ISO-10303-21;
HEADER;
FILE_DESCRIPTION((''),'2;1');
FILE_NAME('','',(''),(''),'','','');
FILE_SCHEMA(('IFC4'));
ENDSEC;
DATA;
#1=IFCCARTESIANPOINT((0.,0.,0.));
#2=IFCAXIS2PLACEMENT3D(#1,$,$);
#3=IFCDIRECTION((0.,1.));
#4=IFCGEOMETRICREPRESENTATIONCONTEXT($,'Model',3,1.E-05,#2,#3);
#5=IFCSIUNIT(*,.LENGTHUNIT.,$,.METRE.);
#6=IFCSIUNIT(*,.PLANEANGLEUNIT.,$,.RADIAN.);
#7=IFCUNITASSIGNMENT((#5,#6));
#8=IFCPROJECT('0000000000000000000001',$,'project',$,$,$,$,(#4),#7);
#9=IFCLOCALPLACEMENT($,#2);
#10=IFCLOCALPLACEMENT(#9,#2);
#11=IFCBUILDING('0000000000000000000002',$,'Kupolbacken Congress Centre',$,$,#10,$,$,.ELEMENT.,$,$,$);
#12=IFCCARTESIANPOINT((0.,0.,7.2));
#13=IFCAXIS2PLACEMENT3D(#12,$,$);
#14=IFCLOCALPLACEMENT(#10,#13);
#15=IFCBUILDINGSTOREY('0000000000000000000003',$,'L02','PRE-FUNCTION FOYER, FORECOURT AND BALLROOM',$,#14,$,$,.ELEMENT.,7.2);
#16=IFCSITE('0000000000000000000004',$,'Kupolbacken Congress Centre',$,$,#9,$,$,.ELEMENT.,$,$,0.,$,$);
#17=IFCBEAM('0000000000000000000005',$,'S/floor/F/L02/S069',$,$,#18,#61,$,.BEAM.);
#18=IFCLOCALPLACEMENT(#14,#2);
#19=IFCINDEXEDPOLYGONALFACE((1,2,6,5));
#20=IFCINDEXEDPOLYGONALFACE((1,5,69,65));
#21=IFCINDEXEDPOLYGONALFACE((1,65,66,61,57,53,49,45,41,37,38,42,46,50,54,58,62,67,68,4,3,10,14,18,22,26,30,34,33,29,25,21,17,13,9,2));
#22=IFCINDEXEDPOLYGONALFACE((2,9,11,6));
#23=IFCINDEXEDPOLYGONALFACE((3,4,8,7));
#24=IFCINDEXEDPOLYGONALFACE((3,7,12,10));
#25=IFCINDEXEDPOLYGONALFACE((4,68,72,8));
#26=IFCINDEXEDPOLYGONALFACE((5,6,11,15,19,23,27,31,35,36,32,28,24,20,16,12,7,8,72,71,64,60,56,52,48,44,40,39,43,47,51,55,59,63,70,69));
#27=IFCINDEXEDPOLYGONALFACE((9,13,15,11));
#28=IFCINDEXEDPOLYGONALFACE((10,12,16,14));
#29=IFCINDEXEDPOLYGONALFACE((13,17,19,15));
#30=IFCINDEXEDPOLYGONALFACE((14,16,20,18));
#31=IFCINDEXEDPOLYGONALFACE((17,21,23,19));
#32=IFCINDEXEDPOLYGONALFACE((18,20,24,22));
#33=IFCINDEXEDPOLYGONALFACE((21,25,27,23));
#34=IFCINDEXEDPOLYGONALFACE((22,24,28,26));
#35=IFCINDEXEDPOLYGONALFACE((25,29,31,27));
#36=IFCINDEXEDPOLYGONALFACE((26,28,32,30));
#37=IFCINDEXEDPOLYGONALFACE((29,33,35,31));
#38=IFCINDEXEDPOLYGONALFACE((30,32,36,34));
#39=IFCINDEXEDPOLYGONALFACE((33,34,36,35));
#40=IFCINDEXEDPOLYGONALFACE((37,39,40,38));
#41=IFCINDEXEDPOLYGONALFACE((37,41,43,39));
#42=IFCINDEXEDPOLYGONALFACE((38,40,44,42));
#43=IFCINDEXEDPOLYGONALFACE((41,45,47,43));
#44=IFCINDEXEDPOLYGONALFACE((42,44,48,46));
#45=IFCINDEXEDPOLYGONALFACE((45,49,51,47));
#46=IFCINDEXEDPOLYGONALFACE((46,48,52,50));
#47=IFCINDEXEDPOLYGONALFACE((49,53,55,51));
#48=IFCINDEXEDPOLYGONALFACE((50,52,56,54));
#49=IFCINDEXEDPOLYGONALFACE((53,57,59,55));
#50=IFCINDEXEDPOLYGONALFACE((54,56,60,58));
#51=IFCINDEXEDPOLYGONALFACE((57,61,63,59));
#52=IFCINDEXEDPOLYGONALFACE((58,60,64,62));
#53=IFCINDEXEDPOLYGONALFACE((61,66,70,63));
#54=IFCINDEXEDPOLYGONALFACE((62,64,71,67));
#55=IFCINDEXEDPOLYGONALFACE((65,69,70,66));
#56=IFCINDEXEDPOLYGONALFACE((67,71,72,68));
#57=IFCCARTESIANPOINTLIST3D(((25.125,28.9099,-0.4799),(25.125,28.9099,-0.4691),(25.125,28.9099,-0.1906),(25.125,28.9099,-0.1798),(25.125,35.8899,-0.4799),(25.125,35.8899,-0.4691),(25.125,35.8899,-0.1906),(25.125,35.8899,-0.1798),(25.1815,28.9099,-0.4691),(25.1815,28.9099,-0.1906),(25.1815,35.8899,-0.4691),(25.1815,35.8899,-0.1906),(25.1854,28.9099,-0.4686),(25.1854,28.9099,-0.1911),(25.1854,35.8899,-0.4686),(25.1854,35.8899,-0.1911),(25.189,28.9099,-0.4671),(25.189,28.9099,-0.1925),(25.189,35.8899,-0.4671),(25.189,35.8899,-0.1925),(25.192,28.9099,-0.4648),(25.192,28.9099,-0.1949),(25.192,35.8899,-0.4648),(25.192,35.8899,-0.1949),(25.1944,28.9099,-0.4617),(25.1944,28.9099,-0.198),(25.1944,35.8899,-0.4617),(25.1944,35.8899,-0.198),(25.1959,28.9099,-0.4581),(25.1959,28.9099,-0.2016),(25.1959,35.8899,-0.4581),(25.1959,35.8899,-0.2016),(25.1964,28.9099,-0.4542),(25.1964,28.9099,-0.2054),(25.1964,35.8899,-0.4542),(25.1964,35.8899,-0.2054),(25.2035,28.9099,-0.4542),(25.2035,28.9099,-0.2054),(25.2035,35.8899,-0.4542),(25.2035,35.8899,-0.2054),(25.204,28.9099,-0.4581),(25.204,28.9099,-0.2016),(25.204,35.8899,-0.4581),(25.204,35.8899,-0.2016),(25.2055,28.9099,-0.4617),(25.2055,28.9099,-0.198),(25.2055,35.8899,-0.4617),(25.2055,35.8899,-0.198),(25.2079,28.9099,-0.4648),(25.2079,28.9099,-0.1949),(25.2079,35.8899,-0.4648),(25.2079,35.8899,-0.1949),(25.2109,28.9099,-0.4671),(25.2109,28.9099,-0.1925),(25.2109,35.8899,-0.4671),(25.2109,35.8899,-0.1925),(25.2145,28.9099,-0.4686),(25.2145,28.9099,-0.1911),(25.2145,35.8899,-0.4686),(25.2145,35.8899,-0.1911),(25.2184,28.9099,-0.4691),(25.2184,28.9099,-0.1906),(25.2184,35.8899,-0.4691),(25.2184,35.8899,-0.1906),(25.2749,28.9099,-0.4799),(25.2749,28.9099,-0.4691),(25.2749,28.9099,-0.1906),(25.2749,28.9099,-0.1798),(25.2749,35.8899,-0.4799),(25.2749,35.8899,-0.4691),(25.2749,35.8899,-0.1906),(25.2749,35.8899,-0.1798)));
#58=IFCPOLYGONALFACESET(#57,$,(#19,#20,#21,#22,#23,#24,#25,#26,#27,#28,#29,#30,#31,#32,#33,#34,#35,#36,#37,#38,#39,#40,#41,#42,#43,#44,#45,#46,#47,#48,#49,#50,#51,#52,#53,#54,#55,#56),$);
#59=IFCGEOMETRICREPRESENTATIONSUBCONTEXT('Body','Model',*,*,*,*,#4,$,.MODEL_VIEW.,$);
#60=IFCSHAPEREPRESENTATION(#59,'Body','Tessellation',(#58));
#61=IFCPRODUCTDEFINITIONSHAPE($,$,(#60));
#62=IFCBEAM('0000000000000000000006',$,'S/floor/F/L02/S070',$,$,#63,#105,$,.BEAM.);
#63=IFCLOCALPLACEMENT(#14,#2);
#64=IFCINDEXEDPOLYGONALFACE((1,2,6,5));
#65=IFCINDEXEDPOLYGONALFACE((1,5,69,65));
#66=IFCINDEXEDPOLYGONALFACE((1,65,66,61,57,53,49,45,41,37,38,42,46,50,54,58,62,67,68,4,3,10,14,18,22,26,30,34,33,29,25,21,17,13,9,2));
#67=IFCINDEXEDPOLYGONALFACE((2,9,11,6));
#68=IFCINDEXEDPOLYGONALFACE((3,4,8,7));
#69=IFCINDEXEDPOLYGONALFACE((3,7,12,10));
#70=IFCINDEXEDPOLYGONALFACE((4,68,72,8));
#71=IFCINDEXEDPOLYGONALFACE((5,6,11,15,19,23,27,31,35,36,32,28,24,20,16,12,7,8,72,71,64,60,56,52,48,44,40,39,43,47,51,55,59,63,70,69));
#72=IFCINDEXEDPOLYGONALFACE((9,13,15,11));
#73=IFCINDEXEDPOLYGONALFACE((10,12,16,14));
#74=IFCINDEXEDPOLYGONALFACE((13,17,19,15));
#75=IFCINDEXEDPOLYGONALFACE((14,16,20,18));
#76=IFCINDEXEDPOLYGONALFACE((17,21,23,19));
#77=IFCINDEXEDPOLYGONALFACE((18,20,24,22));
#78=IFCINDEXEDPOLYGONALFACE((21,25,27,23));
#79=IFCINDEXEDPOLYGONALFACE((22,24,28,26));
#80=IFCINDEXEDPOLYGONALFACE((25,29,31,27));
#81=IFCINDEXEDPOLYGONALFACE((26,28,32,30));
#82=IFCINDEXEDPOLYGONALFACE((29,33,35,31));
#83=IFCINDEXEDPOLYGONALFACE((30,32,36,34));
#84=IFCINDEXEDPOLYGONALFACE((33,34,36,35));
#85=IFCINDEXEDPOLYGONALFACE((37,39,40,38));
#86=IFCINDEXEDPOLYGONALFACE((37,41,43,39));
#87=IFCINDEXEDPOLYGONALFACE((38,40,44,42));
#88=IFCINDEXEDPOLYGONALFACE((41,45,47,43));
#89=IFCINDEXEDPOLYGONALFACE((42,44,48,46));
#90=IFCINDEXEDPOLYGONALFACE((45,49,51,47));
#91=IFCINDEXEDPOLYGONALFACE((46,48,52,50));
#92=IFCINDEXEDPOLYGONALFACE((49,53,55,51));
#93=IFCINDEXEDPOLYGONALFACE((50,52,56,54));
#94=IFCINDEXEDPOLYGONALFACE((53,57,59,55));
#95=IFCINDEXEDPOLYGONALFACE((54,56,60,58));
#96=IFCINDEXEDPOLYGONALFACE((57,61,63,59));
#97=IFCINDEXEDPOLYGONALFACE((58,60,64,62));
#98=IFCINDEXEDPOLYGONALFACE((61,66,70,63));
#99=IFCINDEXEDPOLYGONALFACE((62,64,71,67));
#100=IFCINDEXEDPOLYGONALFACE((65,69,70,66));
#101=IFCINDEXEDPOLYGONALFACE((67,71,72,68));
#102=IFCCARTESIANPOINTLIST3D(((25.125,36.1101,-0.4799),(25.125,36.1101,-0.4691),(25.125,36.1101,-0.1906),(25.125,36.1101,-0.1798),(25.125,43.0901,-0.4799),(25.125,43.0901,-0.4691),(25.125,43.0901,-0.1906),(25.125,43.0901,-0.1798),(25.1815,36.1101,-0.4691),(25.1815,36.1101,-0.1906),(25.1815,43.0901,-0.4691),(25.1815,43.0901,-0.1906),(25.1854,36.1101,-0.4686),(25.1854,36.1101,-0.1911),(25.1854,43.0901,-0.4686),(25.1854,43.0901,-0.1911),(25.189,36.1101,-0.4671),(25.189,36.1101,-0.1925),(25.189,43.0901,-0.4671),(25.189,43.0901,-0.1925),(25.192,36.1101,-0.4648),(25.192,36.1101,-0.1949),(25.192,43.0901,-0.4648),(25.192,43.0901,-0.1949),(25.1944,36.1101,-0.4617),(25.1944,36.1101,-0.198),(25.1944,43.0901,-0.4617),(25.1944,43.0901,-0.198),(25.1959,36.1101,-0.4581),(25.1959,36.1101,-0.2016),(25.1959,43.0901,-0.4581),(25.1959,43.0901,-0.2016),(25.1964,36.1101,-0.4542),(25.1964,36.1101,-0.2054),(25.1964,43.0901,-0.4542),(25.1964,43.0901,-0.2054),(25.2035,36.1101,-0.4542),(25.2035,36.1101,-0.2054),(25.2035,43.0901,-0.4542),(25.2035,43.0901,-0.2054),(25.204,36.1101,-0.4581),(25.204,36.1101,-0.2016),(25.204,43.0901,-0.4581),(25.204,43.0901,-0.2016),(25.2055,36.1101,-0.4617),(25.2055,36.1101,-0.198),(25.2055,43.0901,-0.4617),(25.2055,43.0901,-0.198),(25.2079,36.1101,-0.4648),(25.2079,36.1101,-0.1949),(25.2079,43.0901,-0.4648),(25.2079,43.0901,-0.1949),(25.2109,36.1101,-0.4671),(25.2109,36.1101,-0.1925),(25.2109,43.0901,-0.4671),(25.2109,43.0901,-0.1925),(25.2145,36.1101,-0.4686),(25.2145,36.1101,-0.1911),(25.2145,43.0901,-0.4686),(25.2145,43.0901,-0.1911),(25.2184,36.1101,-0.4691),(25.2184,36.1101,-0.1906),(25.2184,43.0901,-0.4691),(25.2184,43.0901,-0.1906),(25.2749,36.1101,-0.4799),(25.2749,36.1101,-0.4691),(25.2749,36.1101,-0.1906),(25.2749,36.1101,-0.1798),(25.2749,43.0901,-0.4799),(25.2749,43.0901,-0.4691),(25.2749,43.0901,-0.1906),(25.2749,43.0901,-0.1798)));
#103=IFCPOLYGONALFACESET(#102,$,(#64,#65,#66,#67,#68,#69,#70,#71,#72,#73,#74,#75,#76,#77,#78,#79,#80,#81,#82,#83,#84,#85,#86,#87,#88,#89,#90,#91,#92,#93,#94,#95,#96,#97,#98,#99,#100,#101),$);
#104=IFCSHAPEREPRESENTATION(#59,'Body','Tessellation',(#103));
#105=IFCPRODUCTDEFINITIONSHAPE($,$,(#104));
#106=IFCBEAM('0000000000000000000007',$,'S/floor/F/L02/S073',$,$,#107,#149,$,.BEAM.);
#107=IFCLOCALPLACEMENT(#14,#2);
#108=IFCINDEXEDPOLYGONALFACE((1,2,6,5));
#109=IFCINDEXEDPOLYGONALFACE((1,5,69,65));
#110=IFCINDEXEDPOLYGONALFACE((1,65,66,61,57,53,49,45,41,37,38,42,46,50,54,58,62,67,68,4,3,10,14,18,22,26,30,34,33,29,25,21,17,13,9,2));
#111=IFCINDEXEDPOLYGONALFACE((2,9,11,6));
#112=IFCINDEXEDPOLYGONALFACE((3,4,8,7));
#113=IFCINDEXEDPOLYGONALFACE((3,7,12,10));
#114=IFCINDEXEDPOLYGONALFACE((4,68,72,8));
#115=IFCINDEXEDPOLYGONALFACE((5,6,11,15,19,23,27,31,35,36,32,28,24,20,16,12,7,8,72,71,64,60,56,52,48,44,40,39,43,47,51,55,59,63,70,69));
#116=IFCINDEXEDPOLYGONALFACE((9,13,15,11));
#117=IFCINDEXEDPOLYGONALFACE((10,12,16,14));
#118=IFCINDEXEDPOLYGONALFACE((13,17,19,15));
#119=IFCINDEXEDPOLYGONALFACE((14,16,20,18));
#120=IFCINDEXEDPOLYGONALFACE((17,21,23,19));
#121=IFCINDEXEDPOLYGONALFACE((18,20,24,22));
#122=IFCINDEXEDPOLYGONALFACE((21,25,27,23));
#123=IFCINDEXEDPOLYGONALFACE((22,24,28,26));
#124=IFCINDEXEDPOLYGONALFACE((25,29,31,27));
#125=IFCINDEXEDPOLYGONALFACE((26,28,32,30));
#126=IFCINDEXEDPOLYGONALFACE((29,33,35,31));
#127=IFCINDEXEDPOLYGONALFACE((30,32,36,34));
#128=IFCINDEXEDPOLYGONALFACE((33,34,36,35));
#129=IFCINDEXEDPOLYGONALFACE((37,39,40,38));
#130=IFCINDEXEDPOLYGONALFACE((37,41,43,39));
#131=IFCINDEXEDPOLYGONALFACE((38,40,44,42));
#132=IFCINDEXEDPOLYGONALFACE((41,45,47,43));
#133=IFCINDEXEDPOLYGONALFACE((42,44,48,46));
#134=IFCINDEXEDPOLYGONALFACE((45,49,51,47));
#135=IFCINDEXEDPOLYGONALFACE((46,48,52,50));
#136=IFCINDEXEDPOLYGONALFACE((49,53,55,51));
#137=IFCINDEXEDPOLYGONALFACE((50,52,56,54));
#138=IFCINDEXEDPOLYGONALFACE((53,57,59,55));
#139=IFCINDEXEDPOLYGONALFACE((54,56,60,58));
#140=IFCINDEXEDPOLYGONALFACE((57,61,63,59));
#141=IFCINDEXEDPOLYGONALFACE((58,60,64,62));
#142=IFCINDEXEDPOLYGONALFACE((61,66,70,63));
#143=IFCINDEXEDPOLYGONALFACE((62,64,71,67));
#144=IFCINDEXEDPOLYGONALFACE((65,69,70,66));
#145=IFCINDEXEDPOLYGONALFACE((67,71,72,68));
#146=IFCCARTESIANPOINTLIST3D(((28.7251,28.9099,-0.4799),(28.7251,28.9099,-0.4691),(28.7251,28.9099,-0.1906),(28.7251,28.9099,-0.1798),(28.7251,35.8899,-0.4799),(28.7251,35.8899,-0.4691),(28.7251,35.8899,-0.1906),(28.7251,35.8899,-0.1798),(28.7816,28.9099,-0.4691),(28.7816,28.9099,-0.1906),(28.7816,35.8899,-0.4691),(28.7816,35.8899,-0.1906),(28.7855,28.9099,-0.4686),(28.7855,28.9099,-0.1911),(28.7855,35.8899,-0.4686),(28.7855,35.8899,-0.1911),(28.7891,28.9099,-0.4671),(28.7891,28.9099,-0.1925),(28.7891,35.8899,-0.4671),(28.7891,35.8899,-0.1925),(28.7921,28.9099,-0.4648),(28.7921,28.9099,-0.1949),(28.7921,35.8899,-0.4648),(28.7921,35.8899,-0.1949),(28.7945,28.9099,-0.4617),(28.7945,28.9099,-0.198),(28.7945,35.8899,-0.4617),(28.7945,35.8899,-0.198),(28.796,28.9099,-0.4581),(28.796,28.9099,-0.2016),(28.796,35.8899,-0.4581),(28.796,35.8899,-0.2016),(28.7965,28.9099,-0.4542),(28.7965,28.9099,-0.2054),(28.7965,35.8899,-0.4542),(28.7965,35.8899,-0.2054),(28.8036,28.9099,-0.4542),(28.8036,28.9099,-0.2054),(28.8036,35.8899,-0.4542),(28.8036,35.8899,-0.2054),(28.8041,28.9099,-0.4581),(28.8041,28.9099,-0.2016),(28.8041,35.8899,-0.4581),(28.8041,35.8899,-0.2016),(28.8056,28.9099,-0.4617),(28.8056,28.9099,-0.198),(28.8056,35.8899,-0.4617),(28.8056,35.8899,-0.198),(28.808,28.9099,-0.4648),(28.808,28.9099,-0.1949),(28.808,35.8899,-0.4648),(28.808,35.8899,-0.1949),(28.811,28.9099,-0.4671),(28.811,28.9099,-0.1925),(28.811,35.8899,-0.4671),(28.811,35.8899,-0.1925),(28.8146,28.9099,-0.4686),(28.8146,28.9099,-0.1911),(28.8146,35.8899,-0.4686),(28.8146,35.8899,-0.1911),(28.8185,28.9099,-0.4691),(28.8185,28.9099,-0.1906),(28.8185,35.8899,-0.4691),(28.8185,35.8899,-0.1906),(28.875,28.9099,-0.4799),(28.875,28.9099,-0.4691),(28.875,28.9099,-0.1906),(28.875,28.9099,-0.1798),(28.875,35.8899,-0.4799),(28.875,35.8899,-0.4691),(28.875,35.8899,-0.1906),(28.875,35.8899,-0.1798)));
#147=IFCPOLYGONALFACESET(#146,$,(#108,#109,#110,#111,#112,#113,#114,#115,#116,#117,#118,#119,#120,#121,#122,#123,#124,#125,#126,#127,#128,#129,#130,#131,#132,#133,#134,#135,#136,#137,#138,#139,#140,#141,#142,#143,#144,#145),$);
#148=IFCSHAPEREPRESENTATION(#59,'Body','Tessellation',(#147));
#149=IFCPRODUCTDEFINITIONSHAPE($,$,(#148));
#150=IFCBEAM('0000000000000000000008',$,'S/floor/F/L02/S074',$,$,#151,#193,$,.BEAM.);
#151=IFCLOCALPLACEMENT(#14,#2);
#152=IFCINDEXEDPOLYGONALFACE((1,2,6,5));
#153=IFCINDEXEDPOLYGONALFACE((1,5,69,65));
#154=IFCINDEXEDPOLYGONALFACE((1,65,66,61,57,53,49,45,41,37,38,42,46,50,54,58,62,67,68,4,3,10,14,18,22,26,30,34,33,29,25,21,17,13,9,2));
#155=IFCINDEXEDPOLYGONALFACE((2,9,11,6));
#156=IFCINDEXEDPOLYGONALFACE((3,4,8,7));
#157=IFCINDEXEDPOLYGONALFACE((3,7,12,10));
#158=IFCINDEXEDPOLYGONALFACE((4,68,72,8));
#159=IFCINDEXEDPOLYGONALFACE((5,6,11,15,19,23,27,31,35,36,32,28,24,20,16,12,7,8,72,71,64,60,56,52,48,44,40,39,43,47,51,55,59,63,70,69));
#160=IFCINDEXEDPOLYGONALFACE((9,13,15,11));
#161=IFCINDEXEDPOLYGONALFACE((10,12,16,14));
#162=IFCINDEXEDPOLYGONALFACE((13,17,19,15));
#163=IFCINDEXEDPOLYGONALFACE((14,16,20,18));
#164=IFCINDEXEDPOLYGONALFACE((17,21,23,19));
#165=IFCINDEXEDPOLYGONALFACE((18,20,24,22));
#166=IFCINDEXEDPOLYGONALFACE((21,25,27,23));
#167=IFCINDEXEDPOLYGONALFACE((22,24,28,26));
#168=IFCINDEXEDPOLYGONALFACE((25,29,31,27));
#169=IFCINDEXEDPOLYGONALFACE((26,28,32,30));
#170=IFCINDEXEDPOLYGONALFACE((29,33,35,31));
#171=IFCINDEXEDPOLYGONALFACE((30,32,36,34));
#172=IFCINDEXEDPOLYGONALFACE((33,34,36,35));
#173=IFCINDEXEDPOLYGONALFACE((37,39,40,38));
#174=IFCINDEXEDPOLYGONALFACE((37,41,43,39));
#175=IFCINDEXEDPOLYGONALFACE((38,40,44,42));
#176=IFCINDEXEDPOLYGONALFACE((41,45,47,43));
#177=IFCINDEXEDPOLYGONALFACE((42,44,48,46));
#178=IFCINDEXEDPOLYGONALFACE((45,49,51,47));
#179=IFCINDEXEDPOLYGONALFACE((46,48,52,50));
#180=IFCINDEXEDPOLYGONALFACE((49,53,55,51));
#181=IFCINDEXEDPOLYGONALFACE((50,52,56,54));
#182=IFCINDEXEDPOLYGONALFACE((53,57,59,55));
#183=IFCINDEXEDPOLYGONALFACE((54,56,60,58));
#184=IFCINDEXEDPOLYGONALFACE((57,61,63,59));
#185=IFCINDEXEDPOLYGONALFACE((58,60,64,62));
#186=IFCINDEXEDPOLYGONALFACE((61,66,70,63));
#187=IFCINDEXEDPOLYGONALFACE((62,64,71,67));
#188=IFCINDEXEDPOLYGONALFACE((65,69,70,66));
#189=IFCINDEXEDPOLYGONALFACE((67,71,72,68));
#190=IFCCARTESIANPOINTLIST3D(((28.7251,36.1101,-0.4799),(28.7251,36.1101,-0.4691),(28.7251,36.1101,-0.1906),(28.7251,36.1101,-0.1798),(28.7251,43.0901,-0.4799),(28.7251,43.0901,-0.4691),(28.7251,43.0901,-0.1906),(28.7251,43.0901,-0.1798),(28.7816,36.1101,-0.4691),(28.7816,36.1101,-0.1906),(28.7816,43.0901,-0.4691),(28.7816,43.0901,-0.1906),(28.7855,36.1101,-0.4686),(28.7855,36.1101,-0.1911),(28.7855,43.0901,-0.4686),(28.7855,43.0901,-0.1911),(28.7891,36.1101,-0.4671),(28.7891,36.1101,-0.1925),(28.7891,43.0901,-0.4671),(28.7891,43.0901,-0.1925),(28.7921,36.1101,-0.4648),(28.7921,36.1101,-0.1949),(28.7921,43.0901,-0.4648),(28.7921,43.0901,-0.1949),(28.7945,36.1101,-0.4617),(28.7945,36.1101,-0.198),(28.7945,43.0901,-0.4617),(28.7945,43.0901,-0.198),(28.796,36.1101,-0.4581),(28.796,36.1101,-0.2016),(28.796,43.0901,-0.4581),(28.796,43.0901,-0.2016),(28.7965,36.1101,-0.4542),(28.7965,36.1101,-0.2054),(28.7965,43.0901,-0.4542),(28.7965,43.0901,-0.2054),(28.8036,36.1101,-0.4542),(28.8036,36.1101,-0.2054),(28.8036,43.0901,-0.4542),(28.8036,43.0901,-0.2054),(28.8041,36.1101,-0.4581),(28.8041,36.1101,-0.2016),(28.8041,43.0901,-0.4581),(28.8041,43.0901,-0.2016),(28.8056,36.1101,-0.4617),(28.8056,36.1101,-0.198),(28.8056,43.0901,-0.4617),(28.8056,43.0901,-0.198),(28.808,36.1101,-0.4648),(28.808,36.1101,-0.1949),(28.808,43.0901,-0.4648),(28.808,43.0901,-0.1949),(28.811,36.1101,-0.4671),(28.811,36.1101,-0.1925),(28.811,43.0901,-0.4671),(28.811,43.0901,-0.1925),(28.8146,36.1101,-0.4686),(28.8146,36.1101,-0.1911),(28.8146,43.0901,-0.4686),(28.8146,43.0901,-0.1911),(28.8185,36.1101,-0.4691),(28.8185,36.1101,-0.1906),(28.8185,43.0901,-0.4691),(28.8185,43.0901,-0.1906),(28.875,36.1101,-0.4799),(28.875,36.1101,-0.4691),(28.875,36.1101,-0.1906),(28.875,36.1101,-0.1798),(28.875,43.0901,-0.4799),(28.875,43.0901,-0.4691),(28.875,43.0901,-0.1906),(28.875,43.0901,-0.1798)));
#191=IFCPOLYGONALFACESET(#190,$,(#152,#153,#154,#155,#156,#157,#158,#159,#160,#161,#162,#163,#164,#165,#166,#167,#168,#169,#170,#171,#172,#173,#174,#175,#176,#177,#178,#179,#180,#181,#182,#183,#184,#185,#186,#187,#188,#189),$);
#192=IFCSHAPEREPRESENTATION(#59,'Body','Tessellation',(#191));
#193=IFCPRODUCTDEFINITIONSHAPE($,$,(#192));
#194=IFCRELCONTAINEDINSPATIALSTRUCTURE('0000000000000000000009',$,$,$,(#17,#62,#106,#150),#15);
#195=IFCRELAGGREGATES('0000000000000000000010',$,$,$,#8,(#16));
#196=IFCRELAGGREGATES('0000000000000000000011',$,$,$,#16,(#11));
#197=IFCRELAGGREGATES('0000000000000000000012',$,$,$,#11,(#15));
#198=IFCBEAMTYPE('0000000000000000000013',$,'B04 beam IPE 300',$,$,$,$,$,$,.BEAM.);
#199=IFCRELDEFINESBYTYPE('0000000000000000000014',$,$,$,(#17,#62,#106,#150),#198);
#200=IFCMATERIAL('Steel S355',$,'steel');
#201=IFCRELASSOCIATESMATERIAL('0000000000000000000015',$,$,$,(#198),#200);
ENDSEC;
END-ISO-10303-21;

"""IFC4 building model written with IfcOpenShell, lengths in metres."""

from ifc_helpers import new_model, si_unit, direction, frame, origin, origin_2d, place, context, subcontext, project, spatial, i_section, extrude, material, material_profile, profile_set, type_object, element, save


model = new_model("IFC4")

# Units and contexts
model_context = context("Model", 3, precision=1e-05, world=origin(), true_north=direction((0.0, 1.0)))
body_context = subcontext(model_context, "Body", "Model", "MODEL_VIEW")
ifc_project = project(units=[si_unit("LENGTHUNIT", "METRE"), si_unit("PLANEANGLEUNIT", "RADIAN")], contexts=[model_context])

# Site, building, storey
site_placement = place(None, origin())
site = spatial("IfcSite", under=ifc_project, at=site_placement, Name="Kupolbacken Congress Centre", CompositionType="ELEMENT", RefElevation=0.0)
building_placement = place(site_placement, origin())
building = spatial("IfcBuilding", under=site, at=building_placement, Name="Kupolbacken Congress Centre", CompositionType="ELEMENT")
storey_placement = place(building_placement, frame((0.0, 0.0, 7.2)))
storey = spatial("IfcBuildingStorey", under=building, at=storey_placement, Name="L02", Description="PRE-FUNCTION FOYER, FORECOURT AND BALLROOM", CompositionType="ELEMENT", Elevation=7.2)

# Beams
ifc_material_1 = material(Name="Steel S355", Category="steel")
ifc_material_profile_1 = material_profile(ifc_material_1, i_section(OverallWidth=0.1499, OverallDepth=0.3, WebThickness=0.0071, FlangeThickness=0.0107, FilletRadius=0.0149, at=origin_2d()), Name="IPE 300")
ifc_profile_set_1 = profile_set([ifc_material_profile_1], Name="Steel S355")
beam_type_1 = type_object("IfcBeamType", Name="B04 beam IPE 300", PredefinedType="BEAM", material=ifc_profile_set_1)
for number, where, z_axis, x_axis, name in (
    (1, (25.2, 28.9099, -0.3298), (0.0, 1.0, 0.0), (-1.0, 0.0, 0.0), "S/floor/F/L02/S069"),
    (2, (25.2, 36.1101, -0.3298), (0.0, 1.0, 0.0), (-1.0, 0.0, 0.0), "S/floor/F/L02/S070"),
    (3, (28.8, 28.9099, -0.3298), (0.0, 1.0, 0.0), (-1.0, 0.0, 0.0), "S/floor/F/L02/S073"),
    (4, (28.8, 36.1101, -0.3298), (0.0, 1.0, 0.0), (-1.0, 0.0, 0.0), "S/floor/F/L02/S074"),
):
    element("IfcBeam", number, at=place(storey_placement, frame(where, z_axis=z_axis, x_axis=x_axis)), inside=storey, type_object=beam_type_1, Name=name, PredefinedType="BEAM", context=body_context, shape_type="SweptSolid", body=[
        extrude(i_section(OverallWidth=0.1499, OverallDepth=0.3, WebThickness=0.0071, FlangeThickness=0.0107, FilletRadius=0.0149, at=origin_2d()), origin(), (0.0, 0.0, 1.0), 6.98),
    ])

save(model, "model.ifc")
